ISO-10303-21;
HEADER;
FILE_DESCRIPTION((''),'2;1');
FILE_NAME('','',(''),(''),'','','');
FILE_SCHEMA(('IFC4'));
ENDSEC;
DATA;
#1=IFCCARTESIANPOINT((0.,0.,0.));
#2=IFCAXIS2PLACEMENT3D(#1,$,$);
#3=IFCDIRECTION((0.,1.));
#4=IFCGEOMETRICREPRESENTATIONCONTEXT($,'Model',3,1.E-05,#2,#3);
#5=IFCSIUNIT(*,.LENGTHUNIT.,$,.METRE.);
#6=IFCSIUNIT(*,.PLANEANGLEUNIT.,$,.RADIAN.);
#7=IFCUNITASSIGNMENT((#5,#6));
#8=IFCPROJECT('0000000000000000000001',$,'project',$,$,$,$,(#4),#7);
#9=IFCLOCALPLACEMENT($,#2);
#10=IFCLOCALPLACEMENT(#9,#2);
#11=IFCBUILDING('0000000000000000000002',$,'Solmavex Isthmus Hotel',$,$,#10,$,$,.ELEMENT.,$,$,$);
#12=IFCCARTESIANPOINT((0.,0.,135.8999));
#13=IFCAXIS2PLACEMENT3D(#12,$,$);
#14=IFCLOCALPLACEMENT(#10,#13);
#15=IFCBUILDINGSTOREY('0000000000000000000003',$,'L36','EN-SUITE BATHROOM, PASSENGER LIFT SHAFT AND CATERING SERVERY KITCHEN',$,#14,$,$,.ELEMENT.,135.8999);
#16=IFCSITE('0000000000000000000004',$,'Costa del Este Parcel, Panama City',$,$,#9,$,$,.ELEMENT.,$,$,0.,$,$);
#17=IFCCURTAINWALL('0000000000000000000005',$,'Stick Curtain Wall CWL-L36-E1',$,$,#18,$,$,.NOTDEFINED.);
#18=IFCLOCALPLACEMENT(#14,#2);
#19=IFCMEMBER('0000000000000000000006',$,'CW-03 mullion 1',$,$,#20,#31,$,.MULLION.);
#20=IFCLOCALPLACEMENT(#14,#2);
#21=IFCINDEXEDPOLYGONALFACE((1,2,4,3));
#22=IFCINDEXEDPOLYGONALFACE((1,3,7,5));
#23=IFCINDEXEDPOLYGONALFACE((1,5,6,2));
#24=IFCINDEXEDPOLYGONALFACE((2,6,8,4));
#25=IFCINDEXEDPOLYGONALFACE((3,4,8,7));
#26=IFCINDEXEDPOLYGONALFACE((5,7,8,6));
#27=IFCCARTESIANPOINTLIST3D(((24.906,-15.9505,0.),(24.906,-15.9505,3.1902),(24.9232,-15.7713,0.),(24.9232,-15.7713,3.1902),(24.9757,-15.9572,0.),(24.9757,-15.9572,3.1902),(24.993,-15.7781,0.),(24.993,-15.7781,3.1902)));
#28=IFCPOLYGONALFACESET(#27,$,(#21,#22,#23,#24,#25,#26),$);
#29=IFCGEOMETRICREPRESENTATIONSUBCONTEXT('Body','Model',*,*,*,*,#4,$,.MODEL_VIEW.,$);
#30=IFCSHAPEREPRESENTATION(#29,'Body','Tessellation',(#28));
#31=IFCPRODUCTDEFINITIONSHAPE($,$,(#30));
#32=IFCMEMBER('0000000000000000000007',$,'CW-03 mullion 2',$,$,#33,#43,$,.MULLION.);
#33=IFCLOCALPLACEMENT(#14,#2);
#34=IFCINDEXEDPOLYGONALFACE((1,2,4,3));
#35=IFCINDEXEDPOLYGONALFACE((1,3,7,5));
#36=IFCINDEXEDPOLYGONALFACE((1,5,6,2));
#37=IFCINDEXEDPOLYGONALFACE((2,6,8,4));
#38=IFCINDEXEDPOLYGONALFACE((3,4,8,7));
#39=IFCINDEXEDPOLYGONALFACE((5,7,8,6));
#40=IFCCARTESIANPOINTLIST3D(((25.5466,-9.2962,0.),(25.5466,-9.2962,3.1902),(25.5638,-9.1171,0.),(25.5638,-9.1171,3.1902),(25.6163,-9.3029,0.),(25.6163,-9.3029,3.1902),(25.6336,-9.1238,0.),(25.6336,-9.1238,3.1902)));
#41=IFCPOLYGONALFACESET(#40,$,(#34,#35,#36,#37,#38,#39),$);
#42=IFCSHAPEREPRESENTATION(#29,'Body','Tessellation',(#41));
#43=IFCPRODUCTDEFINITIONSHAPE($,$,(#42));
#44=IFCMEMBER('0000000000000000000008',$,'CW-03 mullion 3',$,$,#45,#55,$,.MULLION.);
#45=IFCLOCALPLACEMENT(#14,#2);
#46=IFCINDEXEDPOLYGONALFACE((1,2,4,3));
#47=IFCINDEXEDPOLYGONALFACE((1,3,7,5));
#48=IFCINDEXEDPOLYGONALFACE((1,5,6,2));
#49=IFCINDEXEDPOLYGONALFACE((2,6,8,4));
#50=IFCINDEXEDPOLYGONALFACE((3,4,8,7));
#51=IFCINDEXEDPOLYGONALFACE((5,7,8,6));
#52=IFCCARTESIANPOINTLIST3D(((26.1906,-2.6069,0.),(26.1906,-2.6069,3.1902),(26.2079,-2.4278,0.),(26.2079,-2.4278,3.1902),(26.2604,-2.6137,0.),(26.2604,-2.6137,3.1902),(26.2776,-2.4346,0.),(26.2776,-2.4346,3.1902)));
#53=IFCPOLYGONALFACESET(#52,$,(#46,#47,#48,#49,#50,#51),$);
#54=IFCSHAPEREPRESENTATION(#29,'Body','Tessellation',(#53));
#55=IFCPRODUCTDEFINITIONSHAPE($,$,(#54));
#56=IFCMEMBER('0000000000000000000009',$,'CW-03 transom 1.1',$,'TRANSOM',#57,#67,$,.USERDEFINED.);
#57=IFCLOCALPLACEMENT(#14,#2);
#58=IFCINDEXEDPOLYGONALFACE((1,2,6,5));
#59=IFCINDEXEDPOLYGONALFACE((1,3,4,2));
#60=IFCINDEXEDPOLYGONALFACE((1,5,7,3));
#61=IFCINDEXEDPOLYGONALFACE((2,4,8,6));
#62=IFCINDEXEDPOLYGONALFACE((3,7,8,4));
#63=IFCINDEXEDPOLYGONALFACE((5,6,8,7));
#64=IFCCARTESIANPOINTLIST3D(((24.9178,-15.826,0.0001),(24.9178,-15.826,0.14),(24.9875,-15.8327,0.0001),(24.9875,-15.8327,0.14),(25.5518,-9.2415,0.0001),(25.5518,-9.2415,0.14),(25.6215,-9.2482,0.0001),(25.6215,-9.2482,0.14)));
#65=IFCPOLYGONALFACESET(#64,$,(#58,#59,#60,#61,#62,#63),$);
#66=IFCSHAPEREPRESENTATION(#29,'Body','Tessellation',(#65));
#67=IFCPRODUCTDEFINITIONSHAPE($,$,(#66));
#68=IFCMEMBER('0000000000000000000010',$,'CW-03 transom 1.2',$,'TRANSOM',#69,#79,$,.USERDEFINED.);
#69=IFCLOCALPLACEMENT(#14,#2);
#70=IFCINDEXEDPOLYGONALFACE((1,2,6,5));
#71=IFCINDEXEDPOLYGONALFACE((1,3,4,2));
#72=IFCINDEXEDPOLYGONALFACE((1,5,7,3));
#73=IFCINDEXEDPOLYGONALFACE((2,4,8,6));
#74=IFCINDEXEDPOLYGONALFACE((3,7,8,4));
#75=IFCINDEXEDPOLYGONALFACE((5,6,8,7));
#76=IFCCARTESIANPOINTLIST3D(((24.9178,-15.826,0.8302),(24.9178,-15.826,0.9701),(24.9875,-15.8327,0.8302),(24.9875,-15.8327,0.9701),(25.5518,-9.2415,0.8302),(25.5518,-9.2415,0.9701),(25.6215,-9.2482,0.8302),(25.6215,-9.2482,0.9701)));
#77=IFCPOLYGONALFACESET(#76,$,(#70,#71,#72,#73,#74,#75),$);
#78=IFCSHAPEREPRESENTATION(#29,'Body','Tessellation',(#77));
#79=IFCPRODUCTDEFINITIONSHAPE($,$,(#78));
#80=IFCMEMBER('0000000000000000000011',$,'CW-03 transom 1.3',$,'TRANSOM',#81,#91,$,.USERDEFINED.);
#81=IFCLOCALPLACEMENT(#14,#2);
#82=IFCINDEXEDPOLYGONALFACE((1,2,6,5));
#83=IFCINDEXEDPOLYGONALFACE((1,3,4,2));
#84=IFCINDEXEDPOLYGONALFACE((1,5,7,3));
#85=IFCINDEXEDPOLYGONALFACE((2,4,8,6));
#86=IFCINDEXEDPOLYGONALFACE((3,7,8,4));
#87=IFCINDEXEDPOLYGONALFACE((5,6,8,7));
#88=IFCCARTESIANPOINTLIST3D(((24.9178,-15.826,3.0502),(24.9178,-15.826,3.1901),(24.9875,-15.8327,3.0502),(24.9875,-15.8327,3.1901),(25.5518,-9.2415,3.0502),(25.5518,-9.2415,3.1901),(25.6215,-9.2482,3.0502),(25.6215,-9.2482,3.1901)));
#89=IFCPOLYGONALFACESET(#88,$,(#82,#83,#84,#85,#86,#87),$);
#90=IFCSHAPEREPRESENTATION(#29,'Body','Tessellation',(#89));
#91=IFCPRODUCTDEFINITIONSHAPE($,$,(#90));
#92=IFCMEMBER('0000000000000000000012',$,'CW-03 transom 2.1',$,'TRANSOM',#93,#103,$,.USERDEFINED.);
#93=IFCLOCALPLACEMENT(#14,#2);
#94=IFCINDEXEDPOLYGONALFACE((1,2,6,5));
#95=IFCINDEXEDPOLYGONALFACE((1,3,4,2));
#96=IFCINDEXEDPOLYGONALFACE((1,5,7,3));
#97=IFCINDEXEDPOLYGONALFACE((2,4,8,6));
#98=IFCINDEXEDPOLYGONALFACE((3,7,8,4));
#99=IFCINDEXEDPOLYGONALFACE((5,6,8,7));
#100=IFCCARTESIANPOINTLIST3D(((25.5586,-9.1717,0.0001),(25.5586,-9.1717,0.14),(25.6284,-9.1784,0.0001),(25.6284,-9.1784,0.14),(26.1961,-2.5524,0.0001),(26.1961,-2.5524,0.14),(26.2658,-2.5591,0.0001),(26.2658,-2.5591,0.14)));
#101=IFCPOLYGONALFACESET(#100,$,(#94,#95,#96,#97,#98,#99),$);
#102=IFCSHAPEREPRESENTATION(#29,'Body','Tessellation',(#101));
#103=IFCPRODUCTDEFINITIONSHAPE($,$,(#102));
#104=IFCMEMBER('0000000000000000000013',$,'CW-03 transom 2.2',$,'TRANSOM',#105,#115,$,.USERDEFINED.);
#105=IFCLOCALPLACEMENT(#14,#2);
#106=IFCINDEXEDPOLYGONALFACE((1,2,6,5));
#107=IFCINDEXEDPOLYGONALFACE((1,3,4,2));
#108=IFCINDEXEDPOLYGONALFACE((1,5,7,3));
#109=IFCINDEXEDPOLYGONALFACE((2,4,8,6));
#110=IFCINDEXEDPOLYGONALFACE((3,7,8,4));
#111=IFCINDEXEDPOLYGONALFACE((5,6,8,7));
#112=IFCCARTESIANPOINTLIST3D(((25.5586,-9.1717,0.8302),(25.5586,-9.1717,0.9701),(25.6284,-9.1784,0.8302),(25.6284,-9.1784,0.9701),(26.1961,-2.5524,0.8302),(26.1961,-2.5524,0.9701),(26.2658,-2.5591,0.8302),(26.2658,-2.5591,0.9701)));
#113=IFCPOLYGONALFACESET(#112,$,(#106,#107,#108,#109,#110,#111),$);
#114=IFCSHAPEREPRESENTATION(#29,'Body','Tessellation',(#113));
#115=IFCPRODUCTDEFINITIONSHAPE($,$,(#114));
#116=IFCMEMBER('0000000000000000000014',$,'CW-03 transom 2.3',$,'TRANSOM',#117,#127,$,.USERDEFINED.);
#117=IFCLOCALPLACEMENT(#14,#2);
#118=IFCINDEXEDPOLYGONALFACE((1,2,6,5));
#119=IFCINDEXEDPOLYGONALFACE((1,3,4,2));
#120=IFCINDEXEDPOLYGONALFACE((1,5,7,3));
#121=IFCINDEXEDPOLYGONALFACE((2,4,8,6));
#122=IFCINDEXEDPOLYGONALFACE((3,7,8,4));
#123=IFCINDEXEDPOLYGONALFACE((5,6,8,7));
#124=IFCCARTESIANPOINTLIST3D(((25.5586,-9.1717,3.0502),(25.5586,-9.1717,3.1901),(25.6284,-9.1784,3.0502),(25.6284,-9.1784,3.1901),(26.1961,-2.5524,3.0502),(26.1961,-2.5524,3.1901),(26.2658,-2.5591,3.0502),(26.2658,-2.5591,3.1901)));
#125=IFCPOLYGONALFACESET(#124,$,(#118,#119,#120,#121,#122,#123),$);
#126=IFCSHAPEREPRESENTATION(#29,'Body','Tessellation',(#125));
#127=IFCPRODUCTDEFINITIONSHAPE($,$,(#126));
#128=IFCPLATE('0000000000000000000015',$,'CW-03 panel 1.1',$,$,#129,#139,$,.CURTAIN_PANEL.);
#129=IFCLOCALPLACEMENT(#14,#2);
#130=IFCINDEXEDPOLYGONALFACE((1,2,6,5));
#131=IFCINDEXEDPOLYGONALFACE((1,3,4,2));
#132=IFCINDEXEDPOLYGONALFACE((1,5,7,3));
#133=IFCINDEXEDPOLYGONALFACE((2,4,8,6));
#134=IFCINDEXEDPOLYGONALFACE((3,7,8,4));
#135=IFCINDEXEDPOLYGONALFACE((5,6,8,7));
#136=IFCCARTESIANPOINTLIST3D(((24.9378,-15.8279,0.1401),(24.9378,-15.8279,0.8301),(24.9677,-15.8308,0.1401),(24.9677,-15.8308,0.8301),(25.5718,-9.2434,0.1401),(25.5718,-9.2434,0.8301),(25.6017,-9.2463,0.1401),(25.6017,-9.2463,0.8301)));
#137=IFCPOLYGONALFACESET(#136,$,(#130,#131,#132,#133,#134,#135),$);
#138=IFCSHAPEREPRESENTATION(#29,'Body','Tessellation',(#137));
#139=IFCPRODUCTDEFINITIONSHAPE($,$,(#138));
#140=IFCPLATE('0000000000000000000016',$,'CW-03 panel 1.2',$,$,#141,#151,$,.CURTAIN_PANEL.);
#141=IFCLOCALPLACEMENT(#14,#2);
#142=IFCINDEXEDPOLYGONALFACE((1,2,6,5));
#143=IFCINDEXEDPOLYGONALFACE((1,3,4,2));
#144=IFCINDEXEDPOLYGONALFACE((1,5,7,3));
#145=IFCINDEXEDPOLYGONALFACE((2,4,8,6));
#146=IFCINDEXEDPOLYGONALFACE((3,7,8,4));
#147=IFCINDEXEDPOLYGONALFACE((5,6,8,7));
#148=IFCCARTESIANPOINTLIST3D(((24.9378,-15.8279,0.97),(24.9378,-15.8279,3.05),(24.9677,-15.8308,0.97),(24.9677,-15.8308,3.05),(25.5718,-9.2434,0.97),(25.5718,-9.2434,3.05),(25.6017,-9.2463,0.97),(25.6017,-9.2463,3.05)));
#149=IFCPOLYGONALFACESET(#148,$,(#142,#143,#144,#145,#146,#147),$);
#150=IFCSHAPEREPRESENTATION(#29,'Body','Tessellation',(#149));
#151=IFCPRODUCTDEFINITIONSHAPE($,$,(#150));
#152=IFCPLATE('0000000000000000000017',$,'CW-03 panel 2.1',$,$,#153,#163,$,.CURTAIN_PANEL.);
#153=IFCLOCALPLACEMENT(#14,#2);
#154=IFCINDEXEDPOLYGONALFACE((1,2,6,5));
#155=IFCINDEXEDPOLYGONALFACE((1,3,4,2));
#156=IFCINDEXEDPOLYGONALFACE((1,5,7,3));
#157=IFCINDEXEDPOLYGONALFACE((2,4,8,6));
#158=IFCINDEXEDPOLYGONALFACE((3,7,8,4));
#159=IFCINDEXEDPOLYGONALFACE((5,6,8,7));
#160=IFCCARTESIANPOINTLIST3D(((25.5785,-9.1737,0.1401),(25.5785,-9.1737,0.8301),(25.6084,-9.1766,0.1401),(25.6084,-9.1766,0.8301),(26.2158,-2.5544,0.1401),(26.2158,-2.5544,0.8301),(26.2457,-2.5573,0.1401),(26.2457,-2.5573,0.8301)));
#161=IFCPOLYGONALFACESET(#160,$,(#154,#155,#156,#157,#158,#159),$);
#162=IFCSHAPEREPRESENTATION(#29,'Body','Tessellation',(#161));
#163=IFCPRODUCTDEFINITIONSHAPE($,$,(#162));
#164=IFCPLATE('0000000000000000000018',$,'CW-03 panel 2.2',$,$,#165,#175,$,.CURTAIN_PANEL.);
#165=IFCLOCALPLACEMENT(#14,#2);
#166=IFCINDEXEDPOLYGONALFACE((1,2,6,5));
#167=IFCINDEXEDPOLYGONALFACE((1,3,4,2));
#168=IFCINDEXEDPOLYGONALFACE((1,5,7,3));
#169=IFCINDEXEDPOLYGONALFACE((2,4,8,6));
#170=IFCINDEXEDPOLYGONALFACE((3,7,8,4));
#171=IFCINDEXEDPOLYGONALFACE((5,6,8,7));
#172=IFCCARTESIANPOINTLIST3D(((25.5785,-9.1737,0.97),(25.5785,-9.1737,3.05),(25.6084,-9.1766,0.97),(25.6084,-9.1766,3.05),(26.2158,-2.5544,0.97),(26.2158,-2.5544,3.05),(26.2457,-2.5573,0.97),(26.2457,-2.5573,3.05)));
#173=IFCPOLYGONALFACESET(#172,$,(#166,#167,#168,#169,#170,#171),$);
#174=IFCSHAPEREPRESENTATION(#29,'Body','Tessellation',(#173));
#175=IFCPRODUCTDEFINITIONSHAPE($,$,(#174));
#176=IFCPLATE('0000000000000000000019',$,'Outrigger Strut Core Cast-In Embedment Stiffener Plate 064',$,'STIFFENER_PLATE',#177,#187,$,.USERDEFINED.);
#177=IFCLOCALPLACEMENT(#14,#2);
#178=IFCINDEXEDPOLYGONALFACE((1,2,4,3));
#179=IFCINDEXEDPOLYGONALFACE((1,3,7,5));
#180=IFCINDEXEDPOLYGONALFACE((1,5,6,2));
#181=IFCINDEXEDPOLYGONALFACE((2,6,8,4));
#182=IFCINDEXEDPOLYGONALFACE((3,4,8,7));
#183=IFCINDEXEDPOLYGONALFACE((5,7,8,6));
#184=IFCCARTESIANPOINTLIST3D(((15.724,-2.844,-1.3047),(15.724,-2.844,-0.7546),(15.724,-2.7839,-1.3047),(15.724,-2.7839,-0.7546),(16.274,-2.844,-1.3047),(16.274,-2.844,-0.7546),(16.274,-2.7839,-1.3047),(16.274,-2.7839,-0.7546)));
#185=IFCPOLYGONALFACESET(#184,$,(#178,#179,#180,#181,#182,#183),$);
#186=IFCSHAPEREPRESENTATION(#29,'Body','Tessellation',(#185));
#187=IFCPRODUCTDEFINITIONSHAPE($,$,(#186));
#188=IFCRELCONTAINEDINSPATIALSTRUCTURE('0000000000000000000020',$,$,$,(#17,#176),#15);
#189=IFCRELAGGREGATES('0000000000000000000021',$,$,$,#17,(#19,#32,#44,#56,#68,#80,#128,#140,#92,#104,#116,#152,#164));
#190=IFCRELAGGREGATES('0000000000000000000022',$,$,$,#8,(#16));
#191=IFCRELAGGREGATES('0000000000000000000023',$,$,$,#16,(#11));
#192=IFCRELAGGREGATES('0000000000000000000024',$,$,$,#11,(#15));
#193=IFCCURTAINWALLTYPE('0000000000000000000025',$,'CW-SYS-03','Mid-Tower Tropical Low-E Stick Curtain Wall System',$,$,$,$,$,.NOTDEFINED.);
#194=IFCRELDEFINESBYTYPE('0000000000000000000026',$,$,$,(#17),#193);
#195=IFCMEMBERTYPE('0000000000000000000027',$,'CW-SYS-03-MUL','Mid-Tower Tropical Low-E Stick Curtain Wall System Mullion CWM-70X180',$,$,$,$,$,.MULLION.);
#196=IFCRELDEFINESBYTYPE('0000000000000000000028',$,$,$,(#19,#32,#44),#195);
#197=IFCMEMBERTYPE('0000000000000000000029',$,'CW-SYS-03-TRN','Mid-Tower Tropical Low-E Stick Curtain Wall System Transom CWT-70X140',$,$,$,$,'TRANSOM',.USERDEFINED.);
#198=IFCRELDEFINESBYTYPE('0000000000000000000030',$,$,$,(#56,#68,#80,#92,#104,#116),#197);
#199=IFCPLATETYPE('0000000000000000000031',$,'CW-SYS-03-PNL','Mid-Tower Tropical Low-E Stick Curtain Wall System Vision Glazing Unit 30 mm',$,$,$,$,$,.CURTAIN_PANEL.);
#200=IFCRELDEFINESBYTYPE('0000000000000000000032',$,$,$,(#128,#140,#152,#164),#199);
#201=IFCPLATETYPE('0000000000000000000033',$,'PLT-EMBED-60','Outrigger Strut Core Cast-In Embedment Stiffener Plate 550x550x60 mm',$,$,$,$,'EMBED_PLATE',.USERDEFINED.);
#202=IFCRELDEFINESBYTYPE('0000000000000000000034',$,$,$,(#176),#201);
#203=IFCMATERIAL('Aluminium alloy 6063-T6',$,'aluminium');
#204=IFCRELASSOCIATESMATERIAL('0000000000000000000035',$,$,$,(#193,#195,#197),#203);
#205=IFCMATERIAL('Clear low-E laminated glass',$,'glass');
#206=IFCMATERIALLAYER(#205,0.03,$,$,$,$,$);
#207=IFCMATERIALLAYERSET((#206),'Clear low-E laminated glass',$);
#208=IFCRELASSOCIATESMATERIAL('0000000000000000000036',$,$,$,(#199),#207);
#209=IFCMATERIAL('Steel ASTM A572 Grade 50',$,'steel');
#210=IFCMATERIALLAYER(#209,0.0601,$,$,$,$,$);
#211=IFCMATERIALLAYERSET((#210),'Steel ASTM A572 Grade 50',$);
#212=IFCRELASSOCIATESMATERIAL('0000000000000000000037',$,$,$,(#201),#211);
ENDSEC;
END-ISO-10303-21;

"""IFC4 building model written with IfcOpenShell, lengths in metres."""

from ifc_helpers import new_model, si_unit, direction, frame, origin, origin_2d, place, context, subcontext, project, spatial, rectangle, extrude, material, layer, layer_set, material_profile, profile_set, type_object, element, aggregate, save


model = new_model("IFC4")

# Units and contexts
model_context = context("Model", 3, precision=1e-05, world=origin(), true_north=direction((0.0, 1.0)))
body_context = subcontext(model_context, "Body", "Model", "MODEL_VIEW")
ifc_project = project(units=[si_unit("LENGTHUNIT", "METRE"), si_unit("PLANEANGLEUNIT", "RADIAN")], contexts=[model_context])

# Site, building, storey
site_placement = place(None, origin())
site = spatial("IfcSite", under=ifc_project, at=site_placement, Name="Costa del Este Parcel, Panama City", CompositionType="ELEMENT", RefElevation=0.0)
building_placement = place(site_placement, origin())
building = spatial("IfcBuilding", under=site, at=building_placement, Name="Solmavex Isthmus Hotel", CompositionType="ELEMENT")
storey_placement = place(building_placement, frame((0.0, 0.0, 135.8999)))
storey = spatial("IfcBuildingStorey", under=building, at=storey_placement, Name="L36", Description="EN-SUITE BATHROOM, PASSENGER LIFT SHAFT AND CATERING SERVERY KITCHEN", CompositionType="ELEMENT", Elevation=135.8999)

# Shared definitions
ifc_material_1 = material(Name="Steel ASTM A572 Grade 50", Category="steel")

# Curtain wall, members, plates
ifc_material_2 = material(Name="Aluminium alloy 6063-T6", Category="aluminium")
curtain_wall_type = type_object("IfcCurtainWallType", Name="CW-SYS-03", Description="Mid-Tower Tropical Low-E Stick Curtain Wall System", PredefinedType="NOTDEFINED", material=ifc_material_2)
curtain_wall_placement = place(storey_placement, origin())
curtain_wall = element("IfcCurtainWall", 1, at=curtain_wall_placement, inside=storey, type_object=curtain_wall_type, Name="Stick Curtain Wall CWL-L36-E1", PredefinedType="NOTDEFINED")
ifc_material_profile_1 = material_profile(ifc_material_2, rectangle(XDim=0.0701, YDim=0.1799, at=origin_2d()), Name="CWM-70X180")
ifc_profile_set_1 = profile_set([ifc_material_profile_1], Name="Aluminium alloy 6063-T6")
member_type_1 = type_object("IfcMemberType", Name="CW-SYS-03-MUL", Description="Mid-Tower Tropical Low-E Stick Curtain Wall System Mullion CWM-70X180", PredefinedType="MULLION", material=ifc_profile_set_1)
member_1_placement = place(storey_placement, frame((24.9495, -15.8643, 0.0), z_axis=(0.0, 0.0, 1.0), x_axis=(-0.995396, 0.095846, 0.0)))
member_1 = element("IfcMember", 2, at=member_1_placement, type_object=member_type_1, Name="CW-03 mullion 1", PredefinedType="MULLION", context=body_context, shape_type="SweptSolid", body=[
    extrude(rectangle(XDim=0.0701, YDim=0.1799, at=origin_2d()), origin(), (0.0, 0.0, 1.0), 3.1902),
])
member_2_placement = place(storey_placement, frame((25.5901, -9.21, 0.0), z_axis=(0.0, 0.0, 1.0), x_axis=(-0.995396, 0.095846, 0.0)))
member_2 = element("IfcMember", 3, at=member_2_placement, type_object=member_type_1, Name="CW-03 mullion 2", PredefinedType="MULLION", context=body_context, shape_type="SweptSolid", body=[
    extrude(rectangle(XDim=0.0701, YDim=0.1799, at=origin_2d()), origin(), (0.0, 0.0, 1.0), 3.1902),
])
member_3_placement = place(storey_placement, frame((26.2341, -2.5208, 0.0), z_axis=(0.0, 0.0, 1.0), x_axis=(-0.995396, 0.095846, 0.0)))
member_3 = element("IfcMember", 4, at=member_3_placement, type_object=member_type_1, Name="CW-03 mullion 3", PredefinedType="MULLION", context=body_context, shape_type="SweptSolid", body=[
    extrude(rectangle(XDim=0.0701, YDim=0.1799, at=origin_2d()), origin(), (0.0, 0.0, 1.0), 3.1902),
])
ifc_material_profile_2 = material_profile(ifc_material_2, rectangle(XDim=0.0701, YDim=0.1399, at=origin_2d()), Name="CWT-70X140")
ifc_profile_set_2 = profile_set([ifc_material_profile_2], Name="Aluminium alloy 6063-T6")
member_type_2 = type_object("IfcMemberType", Name="CW-SYS-03-TRN", Description="Mid-Tower Tropical Low-E Stick Curtain Wall System Transom CWT-70X140", ElementType="TRANSOM", PredefinedType="USERDEFINED", material=ifc_profile_set_2)
member_4_placement = place(storey_placement, frame((24.9526, -15.8293, 0.0701), z_axis=(0.095849, 0.995396, 0.0), x_axis=(-0.995396, 0.095849, 0.0)))
member_4 = element("IfcMember", 5, at=member_4_placement, type_object=member_type_2, Name="CW-03 transom 1.1", ObjectType="TRANSOM", PredefinedType="USERDEFINED", context=body_context, shape_type="SweptSolid", body=[
    extrude(rectangle(XDim=0.0701, YDim=0.1399, at=origin_2d()), origin(), (0.0, 0.0, 1.0), 6.615),
])
member_5_placement = place(storey_placement, frame((24.9526, -15.8293, 0.9001), z_axis=(0.095849, 0.995396, 0.0), x_axis=(-0.995396, 0.095849, 0.0)))
member_5 = element("IfcMember", 6, at=member_5_placement, type_object=member_type_2, Name="CW-03 transom 1.2", ObjectType="TRANSOM", PredefinedType="USERDEFINED", context=body_context, shape_type="SweptSolid", body=[
    extrude(rectangle(XDim=0.0701, YDim=0.1399, at=origin_2d()), origin(), (0.0, 0.0, 1.0), 6.615),
])
member_6_placement = place(storey_placement, frame((24.9526, -15.8293, 3.1201), z_axis=(0.095849, 0.995396, 0.0), x_axis=(-0.995396, 0.095849, 0.0)))
member_6 = element("IfcMember", 7, at=member_6_placement, type_object=member_type_2, Name="CW-03 transom 1.3", ObjectType="TRANSOM", PredefinedType="USERDEFINED", context=body_context, shape_type="SweptSolid", body=[
    extrude(rectangle(XDim=0.0701, YDim=0.1399, at=origin_2d()), origin(), (0.0, 0.0, 1.0), 6.615),
])
member_7_placement = place(storey_placement, frame((25.5935, -9.175, 0.0701), z_axis=(0.095857, 0.995395, 0.0), x_axis=(-0.995395, 0.095857, 0.0)))
member_7 = element("IfcMember", 8, at=member_7_placement, type_object=member_type_2, Name="CW-03 transom 2.1", ObjectType="TRANSOM", PredefinedType="USERDEFINED", context=body_context, shape_type="SweptSolid", body=[
    extrude(rectangle(XDim=0.0701, YDim=0.1399, at=origin_2d()), origin(), (0.0, 0.0, 1.0), 6.6499),
])
member_8_placement = place(storey_placement, frame((25.5935, -9.175, 0.9001), z_axis=(0.095857, 0.995395, 0.0), x_axis=(-0.995395, 0.095857, 0.0)))
member_8 = element("IfcMember", 9, at=member_8_placement, type_object=member_type_2, Name="CW-03 transom 2.2", ObjectType="TRANSOM", PredefinedType="USERDEFINED", context=body_context, shape_type="SweptSolid", body=[
    extrude(rectangle(XDim=0.0701, YDim=0.1399, at=origin_2d()), origin(), (0.0, 0.0, 1.0), 6.6499),
])
member_9_placement = place(storey_placement, frame((25.5935, -9.175, 3.1201), z_axis=(0.095857, 0.995395, 0.0), x_axis=(-0.995395, 0.095857, 0.0)))
member_9 = element("IfcMember", 10, at=member_9_placement, type_object=member_type_2, Name="CW-03 transom 2.3", ObjectType="TRANSOM", PredefinedType="USERDEFINED", context=body_context, shape_type="SweptSolid", body=[
    extrude(rectangle(XDim=0.0701, YDim=0.1399, at=origin_2d()), origin(), (0.0, 0.0, 1.0), 6.6499),
])
ifc_material_3 = material(Name="Clear low-E laminated glass", Category="glass")
ifc_layer_1 = layer(ifc_material_3, 0.03)
ifc_layer_set_1 = layer_set([ifc_layer_1], Name="Clear low-E laminated glass")
plate_type_1 = type_object("IfcPlateType", Name="CW-SYS-03-PNL", Description="Mid-Tower Tropical Low-E Stick Curtain Wall System Vision Glazing Unit 30 mm", PredefinedType="CURTAIN_PANEL", material=ifc_layer_set_1)
plate_1_placement = place(storey_placement, frame((25.2698, -12.5371, 0.1401), z_axis=(0.0, 0.0, 1.0), x_axis=(0.095846, 0.995396, 0.0)))
plate_1 = element("IfcPlate", 11, at=plate_1_placement, type_object=plate_type_1, Name="CW-03 panel 1.1", PredefinedType="CURTAIN_PANEL", context=body_context, shape_type="SweptSolid", body=[
    extrude(rectangle(XDim=6.615, YDim=0.03, at=origin_2d()), origin(), (0.0, 0.0, 1.0), 0.6899),
])
plate_2_placement = place(storey_placement, frame((25.2698, -12.5371, 0.97), z_axis=(0.0, 0.0, 1.0), x_axis=(0.095846, 0.995396, 0.0)))
plate_2 = element("IfcPlate", 12, at=plate_2_placement, type_object=plate_type_1, Name="CW-03 panel 1.2", PredefinedType="CURTAIN_PANEL", context=body_context, shape_type="SweptSolid", body=[
    extrude(rectangle(XDim=6.615, YDim=0.03, at=origin_2d()), origin(), (0.0, 0.0, 1.0), 2.0801),
])
plate_3_placement = place(storey_placement, frame((25.9121, -5.8655, 0.1401), z_axis=(0.0, 0.0, 1.0), x_axis=(0.095846, 0.995396, 0.0)))
plate_3 = element("IfcPlate", 13, at=plate_3_placement, type_object=plate_type_1, Name="CW-03 panel 2.1", PredefinedType="CURTAIN_PANEL", context=body_context, shape_type="SweptSolid", body=[
    extrude(rectangle(XDim=6.6499, YDim=0.03, at=origin_2d()), origin(), (0.0, 0.0, 1.0), 0.6899),
])
plate_4_placement = place(storey_placement, frame((25.9121, -5.8655, 0.97), z_axis=(0.0, 0.0, 1.0), x_axis=(0.095846, 0.995396, 0.0)))
plate_4 = element("IfcPlate", 14, at=plate_4_placement, type_object=plate_type_1, Name="CW-03 panel 2.2", PredefinedType="CURTAIN_PANEL", context=body_context, shape_type="SweptSolid", body=[
    extrude(rectangle(XDim=6.6499, YDim=0.03, at=origin_2d()), origin(), (0.0, 0.0, 1.0), 2.0801),
])
aggregate(curtain_wall, [member_1, member_2, member_3, member_4, member_5, member_6, plate_1, plate_2, member_7, member_8, member_9, plate_3, plate_4])

# Plate
ifc_layer_2 = layer(ifc_material_1, 0.0601)
ifc_layer_set_2 = layer_set([ifc_layer_2], Name="Steel ASTM A572 Grade 50")
plate_type_2 = type_object("IfcPlateType", Name="PLT-EMBED-60", Description="Outrigger Strut Core Cast-In Embedment Stiffener Plate 550x550x60 mm", ElementType="EMBED_PLATE", PredefinedType="USERDEFINED", material=ifc_layer_set_2)
for number, where, z_axis, x_axis, name in (
    (15, (15.999, -2.814, -1.3047), (0.0, 0.0, 1.0), (1.0, 0.0, 0.0), "Outrigger Strut Core Cast-In Embedment Stiffener Plate 064"),
):
    element("IfcPlate", number, at=place(storey_placement, frame(where, z_axis=z_axis, x_axis=x_axis)), inside=storey, type_object=plate_type_2, Name=name, ObjectType="STIFFENER_PLATE", PredefinedType="USERDEFINED", context=body_context, shape_type="SweptSolid", body=[
        extrude(rectangle(XDim=0.55, YDim=0.0601, at=origin_2d()), origin(), (0.0, 0.0, 1.0), 0.55),
    ])

save(model, "model.ifc")
